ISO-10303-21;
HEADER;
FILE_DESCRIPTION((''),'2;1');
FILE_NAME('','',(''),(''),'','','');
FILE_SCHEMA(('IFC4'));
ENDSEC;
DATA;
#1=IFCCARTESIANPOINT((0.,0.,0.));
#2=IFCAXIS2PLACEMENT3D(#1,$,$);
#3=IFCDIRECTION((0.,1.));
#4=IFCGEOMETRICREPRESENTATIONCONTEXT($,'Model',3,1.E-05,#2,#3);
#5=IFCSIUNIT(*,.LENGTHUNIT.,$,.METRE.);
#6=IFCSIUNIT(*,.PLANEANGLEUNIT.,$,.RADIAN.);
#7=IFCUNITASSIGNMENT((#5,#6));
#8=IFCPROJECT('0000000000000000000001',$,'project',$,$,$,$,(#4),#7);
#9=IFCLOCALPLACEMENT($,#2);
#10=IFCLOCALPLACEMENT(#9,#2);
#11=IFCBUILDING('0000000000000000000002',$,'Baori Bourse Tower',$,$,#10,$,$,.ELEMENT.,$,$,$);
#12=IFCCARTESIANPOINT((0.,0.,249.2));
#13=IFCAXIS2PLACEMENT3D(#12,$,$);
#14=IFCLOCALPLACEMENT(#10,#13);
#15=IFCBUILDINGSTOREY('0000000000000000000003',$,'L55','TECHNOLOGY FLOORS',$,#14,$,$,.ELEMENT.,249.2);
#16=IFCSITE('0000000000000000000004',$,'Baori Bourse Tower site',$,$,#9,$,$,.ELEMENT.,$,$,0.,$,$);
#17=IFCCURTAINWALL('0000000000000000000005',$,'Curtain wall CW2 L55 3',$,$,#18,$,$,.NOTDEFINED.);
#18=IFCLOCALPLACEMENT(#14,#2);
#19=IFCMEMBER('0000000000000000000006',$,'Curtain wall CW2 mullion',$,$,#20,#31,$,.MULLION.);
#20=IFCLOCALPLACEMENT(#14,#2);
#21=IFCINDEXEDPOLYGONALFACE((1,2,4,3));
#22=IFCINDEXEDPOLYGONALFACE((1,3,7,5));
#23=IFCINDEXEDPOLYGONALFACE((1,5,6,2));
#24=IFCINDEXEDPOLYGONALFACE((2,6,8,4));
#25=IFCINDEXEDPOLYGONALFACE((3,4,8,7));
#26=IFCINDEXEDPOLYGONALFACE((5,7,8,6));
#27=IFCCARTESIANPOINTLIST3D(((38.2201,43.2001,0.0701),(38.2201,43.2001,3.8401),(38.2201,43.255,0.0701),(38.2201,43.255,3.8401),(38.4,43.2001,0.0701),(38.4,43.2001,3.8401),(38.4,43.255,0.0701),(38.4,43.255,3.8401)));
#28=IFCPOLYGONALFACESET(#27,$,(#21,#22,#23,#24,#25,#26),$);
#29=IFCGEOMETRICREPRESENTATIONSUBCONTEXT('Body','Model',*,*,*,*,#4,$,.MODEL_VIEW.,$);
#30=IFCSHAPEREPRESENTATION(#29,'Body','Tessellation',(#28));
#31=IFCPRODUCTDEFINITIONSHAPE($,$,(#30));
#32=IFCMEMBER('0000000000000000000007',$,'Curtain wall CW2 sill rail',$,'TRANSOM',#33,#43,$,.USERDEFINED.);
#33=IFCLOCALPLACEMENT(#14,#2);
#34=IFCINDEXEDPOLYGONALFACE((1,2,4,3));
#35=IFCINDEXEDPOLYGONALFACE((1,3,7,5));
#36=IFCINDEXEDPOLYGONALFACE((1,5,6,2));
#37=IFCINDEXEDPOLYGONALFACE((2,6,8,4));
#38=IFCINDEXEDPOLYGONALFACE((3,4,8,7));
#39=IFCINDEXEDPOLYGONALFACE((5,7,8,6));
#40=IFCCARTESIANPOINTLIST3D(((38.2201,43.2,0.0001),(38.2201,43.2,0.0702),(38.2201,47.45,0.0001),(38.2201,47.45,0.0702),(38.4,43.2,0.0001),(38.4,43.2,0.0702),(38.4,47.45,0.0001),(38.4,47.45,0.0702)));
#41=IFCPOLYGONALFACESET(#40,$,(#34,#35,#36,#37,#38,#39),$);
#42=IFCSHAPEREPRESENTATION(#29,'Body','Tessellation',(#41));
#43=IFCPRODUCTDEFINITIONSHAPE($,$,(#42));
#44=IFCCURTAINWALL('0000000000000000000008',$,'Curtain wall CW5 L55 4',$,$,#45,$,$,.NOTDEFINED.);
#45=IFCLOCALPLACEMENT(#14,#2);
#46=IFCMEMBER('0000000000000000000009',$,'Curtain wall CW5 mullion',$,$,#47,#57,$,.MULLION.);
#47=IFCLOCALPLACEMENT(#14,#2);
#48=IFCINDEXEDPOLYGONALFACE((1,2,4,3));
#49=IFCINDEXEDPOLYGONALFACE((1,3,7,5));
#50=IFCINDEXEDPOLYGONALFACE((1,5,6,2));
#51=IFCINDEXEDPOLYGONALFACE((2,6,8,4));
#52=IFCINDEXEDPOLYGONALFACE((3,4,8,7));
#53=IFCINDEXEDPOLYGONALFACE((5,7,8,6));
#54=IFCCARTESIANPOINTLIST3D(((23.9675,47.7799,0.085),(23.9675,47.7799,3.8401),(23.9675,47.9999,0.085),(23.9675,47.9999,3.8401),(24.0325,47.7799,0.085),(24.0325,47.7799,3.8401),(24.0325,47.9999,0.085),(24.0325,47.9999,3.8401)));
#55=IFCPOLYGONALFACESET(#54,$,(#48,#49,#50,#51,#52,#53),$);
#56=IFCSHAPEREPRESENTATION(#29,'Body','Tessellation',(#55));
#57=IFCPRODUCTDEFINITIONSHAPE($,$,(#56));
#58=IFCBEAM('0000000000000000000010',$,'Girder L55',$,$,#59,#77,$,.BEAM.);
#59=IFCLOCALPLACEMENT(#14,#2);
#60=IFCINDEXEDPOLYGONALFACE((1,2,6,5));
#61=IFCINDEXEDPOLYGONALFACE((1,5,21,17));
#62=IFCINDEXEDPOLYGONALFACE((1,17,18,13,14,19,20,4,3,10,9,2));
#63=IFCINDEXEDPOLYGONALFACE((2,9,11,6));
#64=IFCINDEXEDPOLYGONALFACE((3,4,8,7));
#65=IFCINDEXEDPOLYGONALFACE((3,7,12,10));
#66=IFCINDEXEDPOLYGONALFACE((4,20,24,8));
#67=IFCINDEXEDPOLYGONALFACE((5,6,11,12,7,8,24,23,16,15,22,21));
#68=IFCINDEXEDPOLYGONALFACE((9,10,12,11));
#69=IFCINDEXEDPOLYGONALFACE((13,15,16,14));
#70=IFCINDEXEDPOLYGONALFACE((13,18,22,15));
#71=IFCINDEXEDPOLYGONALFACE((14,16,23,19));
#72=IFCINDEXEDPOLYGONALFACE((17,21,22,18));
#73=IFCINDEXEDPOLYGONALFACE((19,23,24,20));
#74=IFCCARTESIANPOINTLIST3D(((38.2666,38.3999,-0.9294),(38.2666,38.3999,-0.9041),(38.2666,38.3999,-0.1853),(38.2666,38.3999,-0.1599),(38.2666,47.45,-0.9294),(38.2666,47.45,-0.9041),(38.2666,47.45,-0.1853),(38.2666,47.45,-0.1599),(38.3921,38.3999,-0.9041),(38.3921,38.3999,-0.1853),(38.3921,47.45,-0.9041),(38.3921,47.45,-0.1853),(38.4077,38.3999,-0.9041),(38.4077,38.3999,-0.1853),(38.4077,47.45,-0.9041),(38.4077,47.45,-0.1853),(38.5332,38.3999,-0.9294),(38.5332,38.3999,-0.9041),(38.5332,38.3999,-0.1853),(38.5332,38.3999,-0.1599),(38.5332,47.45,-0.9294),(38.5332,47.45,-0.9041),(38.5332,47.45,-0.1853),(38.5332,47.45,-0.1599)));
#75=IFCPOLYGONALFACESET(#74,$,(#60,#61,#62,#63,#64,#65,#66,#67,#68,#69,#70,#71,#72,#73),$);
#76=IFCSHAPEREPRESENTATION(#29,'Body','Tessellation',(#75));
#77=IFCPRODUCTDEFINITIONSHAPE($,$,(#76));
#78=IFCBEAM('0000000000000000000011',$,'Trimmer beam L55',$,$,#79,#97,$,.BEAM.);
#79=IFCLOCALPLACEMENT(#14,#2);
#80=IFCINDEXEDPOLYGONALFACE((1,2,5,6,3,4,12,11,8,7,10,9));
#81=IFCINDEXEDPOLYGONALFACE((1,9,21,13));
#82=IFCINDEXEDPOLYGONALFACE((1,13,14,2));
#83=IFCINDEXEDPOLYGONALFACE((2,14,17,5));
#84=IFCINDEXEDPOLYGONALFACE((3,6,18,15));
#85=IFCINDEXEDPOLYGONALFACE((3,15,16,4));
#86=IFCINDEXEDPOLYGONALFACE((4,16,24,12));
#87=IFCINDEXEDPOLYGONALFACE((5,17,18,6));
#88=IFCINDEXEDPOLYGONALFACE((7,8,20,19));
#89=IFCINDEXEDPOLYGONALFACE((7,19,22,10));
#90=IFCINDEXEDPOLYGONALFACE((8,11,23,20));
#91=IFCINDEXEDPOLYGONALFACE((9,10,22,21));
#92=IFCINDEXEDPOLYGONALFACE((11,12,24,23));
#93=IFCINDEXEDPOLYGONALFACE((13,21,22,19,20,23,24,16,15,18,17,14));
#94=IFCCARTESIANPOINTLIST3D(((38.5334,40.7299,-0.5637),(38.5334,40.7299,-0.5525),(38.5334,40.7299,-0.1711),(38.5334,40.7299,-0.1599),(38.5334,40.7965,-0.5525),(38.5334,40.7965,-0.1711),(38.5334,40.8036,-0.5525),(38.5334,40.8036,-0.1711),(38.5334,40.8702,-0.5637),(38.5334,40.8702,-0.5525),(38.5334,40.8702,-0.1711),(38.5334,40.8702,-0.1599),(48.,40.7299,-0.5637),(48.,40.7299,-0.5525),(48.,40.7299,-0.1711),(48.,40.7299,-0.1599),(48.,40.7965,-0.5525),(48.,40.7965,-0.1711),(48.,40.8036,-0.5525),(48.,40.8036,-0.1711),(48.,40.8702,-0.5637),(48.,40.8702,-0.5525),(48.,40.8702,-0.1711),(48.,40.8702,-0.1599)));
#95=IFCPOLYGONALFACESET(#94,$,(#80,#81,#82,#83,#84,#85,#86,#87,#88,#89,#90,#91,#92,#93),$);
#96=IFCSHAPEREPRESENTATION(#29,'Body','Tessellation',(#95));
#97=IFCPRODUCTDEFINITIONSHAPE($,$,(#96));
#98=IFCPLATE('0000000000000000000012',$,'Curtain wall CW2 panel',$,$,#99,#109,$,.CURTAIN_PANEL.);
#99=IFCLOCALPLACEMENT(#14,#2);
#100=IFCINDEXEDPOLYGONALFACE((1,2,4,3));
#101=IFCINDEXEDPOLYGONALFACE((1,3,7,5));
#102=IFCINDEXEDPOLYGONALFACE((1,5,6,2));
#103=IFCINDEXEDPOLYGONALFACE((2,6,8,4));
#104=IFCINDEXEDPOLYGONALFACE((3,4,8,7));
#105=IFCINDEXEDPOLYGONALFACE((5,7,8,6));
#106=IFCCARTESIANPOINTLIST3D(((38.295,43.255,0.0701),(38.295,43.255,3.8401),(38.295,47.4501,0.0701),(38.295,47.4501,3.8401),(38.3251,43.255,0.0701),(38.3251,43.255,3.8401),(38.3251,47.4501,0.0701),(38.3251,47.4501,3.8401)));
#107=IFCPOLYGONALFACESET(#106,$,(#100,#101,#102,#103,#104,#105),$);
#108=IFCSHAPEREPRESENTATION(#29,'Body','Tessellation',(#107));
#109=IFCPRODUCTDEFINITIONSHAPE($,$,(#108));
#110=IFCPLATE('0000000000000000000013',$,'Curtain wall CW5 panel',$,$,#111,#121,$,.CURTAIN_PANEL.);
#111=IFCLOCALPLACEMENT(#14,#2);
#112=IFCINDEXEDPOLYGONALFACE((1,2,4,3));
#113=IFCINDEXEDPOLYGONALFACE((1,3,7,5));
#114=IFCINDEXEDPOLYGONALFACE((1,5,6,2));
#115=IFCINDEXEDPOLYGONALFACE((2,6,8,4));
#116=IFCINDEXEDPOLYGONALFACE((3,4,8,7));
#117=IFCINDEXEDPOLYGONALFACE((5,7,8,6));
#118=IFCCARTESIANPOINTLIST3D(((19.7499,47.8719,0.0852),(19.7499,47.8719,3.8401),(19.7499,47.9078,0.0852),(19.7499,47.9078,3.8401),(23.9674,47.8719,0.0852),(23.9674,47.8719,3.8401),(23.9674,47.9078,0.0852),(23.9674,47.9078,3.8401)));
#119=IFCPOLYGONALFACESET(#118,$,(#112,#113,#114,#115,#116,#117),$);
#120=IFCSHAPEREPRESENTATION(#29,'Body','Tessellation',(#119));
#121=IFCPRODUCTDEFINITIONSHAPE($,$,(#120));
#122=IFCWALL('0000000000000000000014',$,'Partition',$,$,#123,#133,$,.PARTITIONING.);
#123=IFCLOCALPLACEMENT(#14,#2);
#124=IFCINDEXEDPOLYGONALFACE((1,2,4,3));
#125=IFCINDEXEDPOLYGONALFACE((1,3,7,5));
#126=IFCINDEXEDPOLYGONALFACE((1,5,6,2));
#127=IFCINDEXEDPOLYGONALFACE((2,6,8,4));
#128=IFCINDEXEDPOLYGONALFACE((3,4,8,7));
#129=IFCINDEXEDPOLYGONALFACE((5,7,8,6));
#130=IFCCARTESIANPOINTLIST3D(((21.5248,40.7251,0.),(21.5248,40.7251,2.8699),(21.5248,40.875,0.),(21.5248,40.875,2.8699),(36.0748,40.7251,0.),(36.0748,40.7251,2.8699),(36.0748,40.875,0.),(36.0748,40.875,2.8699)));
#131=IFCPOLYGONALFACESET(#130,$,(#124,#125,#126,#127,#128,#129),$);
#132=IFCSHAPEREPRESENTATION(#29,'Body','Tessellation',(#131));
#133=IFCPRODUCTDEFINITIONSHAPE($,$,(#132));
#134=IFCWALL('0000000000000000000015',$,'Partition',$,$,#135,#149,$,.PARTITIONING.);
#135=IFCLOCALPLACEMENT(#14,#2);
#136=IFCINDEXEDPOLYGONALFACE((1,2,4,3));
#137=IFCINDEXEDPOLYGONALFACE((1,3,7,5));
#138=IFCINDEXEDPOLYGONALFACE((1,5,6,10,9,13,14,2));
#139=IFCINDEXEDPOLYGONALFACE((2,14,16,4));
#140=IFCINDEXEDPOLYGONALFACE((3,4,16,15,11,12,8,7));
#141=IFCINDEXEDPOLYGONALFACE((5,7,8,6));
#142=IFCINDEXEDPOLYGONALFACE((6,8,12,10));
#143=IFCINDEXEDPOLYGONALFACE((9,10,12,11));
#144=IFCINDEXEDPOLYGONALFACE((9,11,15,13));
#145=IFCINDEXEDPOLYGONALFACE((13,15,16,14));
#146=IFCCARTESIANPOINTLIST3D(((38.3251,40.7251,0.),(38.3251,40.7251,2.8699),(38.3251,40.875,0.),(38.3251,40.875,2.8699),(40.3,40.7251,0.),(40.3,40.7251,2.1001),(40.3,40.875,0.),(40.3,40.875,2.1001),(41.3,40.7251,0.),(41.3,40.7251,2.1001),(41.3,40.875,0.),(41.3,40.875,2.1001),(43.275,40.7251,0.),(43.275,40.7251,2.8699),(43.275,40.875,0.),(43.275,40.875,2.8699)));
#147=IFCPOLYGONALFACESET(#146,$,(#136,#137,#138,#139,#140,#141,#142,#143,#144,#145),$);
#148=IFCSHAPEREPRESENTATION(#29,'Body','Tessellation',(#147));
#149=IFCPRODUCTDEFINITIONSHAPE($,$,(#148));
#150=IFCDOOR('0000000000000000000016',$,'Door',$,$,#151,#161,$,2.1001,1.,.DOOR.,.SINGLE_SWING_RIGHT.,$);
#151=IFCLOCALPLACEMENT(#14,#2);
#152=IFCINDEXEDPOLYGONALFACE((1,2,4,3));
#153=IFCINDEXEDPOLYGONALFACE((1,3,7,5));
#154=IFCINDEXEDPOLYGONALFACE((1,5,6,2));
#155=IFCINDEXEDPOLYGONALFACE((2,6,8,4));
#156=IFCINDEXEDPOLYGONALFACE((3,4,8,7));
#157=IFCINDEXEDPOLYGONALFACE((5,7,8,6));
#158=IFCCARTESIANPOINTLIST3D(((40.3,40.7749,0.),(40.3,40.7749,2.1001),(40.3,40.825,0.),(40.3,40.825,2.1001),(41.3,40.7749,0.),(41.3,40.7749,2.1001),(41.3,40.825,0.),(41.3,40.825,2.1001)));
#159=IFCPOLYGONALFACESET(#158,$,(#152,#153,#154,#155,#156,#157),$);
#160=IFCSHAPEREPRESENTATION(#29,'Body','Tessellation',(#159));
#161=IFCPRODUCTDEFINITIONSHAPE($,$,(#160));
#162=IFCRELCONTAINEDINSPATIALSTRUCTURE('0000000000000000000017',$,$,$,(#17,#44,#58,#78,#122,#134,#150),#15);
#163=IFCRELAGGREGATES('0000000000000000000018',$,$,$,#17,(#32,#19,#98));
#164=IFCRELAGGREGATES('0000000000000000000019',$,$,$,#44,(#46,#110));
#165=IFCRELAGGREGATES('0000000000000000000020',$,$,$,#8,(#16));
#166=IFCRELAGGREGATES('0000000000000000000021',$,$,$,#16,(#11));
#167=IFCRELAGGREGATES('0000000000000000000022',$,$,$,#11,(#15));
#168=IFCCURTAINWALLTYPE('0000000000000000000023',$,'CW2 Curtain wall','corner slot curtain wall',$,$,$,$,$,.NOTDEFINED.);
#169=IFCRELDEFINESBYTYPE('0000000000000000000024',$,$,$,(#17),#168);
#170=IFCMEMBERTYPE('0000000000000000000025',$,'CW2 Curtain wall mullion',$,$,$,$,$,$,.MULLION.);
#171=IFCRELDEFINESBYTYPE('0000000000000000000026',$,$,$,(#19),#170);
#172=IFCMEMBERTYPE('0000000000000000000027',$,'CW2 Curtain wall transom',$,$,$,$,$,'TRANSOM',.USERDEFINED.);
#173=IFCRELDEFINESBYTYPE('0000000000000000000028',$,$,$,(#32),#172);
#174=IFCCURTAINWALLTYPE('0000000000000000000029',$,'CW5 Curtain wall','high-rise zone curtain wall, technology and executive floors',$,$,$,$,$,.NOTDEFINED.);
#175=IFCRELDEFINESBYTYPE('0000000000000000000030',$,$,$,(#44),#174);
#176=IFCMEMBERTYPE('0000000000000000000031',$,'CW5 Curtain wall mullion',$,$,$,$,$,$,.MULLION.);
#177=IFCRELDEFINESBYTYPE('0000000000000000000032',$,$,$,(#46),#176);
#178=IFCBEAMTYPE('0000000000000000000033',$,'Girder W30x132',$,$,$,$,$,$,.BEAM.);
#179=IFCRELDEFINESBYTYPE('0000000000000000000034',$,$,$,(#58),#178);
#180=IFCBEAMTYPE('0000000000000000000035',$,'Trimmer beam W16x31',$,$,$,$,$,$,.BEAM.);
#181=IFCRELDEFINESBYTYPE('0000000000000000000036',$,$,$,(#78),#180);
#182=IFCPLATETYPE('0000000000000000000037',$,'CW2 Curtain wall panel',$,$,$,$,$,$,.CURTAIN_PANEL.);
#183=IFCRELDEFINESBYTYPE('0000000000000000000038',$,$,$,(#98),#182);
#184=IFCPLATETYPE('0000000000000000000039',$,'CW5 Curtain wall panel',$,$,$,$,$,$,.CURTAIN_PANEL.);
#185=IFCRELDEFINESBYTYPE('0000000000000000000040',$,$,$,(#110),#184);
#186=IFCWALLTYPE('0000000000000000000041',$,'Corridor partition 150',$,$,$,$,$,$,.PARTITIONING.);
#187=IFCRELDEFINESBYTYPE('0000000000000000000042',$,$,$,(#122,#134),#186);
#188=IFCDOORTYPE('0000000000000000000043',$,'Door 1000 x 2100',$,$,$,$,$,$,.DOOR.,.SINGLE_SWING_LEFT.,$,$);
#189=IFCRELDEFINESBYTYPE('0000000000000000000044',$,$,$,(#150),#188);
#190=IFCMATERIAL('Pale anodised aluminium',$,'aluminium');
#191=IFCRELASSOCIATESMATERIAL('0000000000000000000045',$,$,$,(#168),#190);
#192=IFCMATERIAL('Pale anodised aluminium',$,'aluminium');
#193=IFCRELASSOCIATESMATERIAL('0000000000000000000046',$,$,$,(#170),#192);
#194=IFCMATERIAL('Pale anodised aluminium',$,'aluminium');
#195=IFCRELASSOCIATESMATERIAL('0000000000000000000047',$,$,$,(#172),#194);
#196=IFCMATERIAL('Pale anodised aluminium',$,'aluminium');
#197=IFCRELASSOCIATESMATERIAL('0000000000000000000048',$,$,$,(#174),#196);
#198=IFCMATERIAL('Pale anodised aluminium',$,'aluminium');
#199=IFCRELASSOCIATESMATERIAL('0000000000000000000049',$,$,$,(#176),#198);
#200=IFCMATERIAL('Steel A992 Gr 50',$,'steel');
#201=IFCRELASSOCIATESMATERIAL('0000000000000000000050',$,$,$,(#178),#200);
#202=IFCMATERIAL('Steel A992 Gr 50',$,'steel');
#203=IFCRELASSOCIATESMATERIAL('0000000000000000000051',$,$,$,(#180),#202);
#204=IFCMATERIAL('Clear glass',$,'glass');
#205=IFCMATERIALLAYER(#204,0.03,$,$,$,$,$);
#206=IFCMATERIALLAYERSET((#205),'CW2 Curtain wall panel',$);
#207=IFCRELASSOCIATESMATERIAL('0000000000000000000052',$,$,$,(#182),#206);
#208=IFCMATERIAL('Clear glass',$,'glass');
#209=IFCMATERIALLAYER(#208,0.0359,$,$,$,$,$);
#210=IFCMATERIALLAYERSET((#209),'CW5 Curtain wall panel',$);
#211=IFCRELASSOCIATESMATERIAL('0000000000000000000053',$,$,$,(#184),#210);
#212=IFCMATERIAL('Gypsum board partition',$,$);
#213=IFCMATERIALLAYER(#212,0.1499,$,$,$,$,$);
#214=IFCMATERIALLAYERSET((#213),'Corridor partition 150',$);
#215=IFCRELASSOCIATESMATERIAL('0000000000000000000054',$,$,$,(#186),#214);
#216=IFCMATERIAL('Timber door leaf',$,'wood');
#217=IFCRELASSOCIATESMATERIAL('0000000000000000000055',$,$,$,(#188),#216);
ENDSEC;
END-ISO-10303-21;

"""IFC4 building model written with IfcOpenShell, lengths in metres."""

from ifc_helpers import new_model, si_unit, direction, frame, frame_2d, origin, origin_2d, place, context, subcontext, project, spatial, rectangle, i_section, extrude, material, layer, layer_set, material_profile, profile_set, type_object, element, fill, aggregate, save


model = new_model("IFC4")

# Units and contexts
model_context = context("Model", 3, precision=1e-05, world=origin(), true_north=direction((0.0, 1.0)))
body_context = subcontext(model_context, "Body", "Model", "MODEL_VIEW")
ifc_project = project(units=[si_unit("LENGTHUNIT", "METRE"), si_unit("PLANEANGLEUNIT", "RADIAN")], contexts=[model_context])

# Site, building, storey
site_placement = place(None, origin())
site = spatial("IfcSite", under=ifc_project, at=site_placement, Name="Baori Bourse Tower site", CompositionType="ELEMENT", RefElevation=0.0)
building_placement = place(site_placement, origin())
building = spatial("IfcBuilding", under=site, at=building_placement, Name="Baori Bourse Tower", CompositionType="ELEMENT")
storey_placement = place(building_placement, frame((0.0, 0.0, 249.2)))
storey = spatial("IfcBuildingStorey", under=building, at=storey_placement, Name="L55", Description="TECHNOLOGY FLOORS", CompositionType="ELEMENT", Elevation=249.2)

# Curtain wall, members
ifc_material_1 = material(Name="Pale anodised aluminium", Category="aluminium")
curtain_wall_type_1 = type_object("IfcCurtainWallType", Name="CW2 Curtain wall", Description="corner slot curtain wall", PredefinedType="NOTDEFINED", material=ifc_material_1)
curtain_wall_1_placement = place(storey_placement, origin())
curtain_wall_1 = element("IfcCurtainWall", 1, at=curtain_wall_1_placement, inside=storey, type_object=curtain_wall_type_1, Name="Curtain wall CW2 L55 3", PredefinedType="NOTDEFINED")
ifc_material_2 = material(Name="Pale anodised aluminium", Category="aluminium")
ifc_material_profile_1 = material_profile(ifc_material_2, rectangle(XDim=0.1799, YDim=0.0549, at=origin_2d()), Name="Mullion 55x180")
ifc_profile_set_1 = profile_set([ifc_material_profile_1], Name="Pale anodised aluminium")
member_type_1 = type_object("IfcMemberType", Name="CW2 Curtain wall mullion", PredefinedType="MULLION", material=ifc_profile_set_1)
member_1_placement = place(storey_placement, frame((38.3101, 43.2275, 0.0701), z_axis=(0.0, 0.0, 1.0), x_axis=(-1.0, 0.0, 0.0)))
member_1 = element("IfcMember", 2, at=member_1_placement, type_object=member_type_1, Name="Curtain wall CW2 mullion", PredefinedType="MULLION", context=body_context, shape_type="SweptSolid", body=[
    extrude(rectangle(XDim=0.1799, YDim=0.0549, at=origin_2d()), origin(), (0.0, 0.0, 1.0), 3.77),
])
ifc_material_3 = material(Name="Pale anodised aluminium", Category="aluminium")
ifc_material_profile_2 = material_profile(ifc_material_3, rectangle(XDim=0.1799, YDim=0.0701, at=origin_2d()), Name="Transom 70x180")
ifc_profile_set_2 = profile_set([ifc_material_profile_2], Name="Pale anodised aluminium")
member_type_2 = type_object("IfcMemberType", Name="CW2 Curtain wall transom", ElementType="TRANSOM", PredefinedType="USERDEFINED", material=ifc_profile_set_2)
member_2_placement = place(storey_placement, frame((38.3101, 43.2, 0.0352), z_axis=(0.0, 1.0, 0.0), x_axis=(-1.0, 0.0, 0.0)))
member_2 = element("IfcMember", 3, at=member_2_placement, type_object=member_type_2, Name="Curtain wall CW2 sill rail", ObjectType="TRANSOM", PredefinedType="USERDEFINED", context=body_context, shape_type="SweptSolid", body=[
    extrude(rectangle(XDim=0.1799, YDim=0.0701, at=origin_2d()), origin(), (0.0, 0.0, 1.0), 4.25),
])

# Curtain wall, member
ifc_material_4 = material(Name="Pale anodised aluminium", Category="aluminium")
curtain_wall_type_2 = type_object("IfcCurtainWallType", Name="CW5 Curtain wall", Description="high-rise zone curtain wall, technology and executive floors", PredefinedType="NOTDEFINED", material=ifc_material_4)
curtain_wall_2_placement = place(storey_placement, origin())
curtain_wall_2 = element("IfcCurtainWall", 4, at=curtain_wall_2_placement, inside=storey, type_object=curtain_wall_type_2, Name="Curtain wall CW5 L55 4", PredefinedType="NOTDEFINED")
ifc_material_5 = material(Name="Pale anodised aluminium", Category="aluminium")
ifc_material_profile_3 = material_profile(ifc_material_5, rectangle(XDim=0.22, YDim=0.0649, at=origin_2d()), Name="Mullion 65x220")
ifc_profile_set_3 = profile_set([ifc_material_profile_3], Name="Pale anodised aluminium")
member_type_3 = type_object("IfcMemberType", Name="CW5 Curtain wall mullion", PredefinedType="MULLION", material=ifc_profile_set_3)
member_3_placement = place(storey_placement, frame((24.0, 47.8899, 0.085), z_axis=(0.0, 0.0, 1.0), x_axis=(0.0, -1.0, 0.0)))
member_3 = element("IfcMember", 5, at=member_3_placement, type_object=member_type_3, Name="Curtain wall CW5 mullion", PredefinedType="MULLION", context=body_context, shape_type="SweptSolid", body=[
    extrude(rectangle(XDim=0.22, YDim=0.0649, at=origin_2d()), origin(), (0.0, 0.0, 1.0), 3.7551),
])

# Beams
ifc_material_6 = material(Name="Steel A992 Gr 50", Category="steel")
ifc_material_profile_4 = material_profile(ifc_material_6, i_section(OverallWidth=0.2666, OverallDepth=0.7695, WebThickness=0.0156, FlangeThickness=0.0254, at=origin_2d()), Name="W30x132")
ifc_profile_set_4 = profile_set([ifc_material_profile_4], Name="Steel A992 Gr 50")
beam_type_1 = type_object("IfcBeamType", Name="Girder W30x132", PredefinedType="BEAM", material=ifc_profile_set_4)
beam_1_placement = place(storey_placement, frame((38.3999, 38.3999, -0.5447), z_axis=(0.0, 1.0, 0.0), x_axis=(-1.0, 0.0, 0.0)))
element("IfcBeam", 6, at=beam_1_placement, inside=storey, type_object=beam_type_1, Name="Girder L55", PredefinedType="BEAM", context=body_context, shape_type="SweptSolid", body=[
    extrude(i_section(OverallWidth=0.2666, OverallDepth=0.7695, WebThickness=0.0156, FlangeThickness=0.0254, at=origin_2d()), origin(), (0.0, 0.0, 1.0), 9.05),
])
ifc_material_7 = material(Name="Steel A992 Gr 50", Category="steel")
ifc_material_profile_5 = material_profile(ifc_material_7, i_section(OverallWidth=0.1404, OverallDepth=0.4038, WebThickness=0.0071, FlangeThickness=0.0112, at=origin_2d()), Name="W16x31")
ifc_profile_set_5 = profile_set([ifc_material_profile_5], Name="Steel A992 Gr 50")
beam_type_2 = type_object("IfcBeamType", Name="Trimmer beam W16x31", PredefinedType="BEAM", material=ifc_profile_set_5)
beam_2_placement = place(storey_placement, frame((38.5334, 40.8, -0.3618), z_axis=(1.0, 0.0, 0.0), x_axis=(0.0, 1.0, 0.0)))
element("IfcBeam", 7, at=beam_2_placement, inside=storey, type_object=beam_type_2, Name="Trimmer beam L55", PredefinedType="BEAM", context=body_context, shape_type="SweptSolid", body=[
    extrude(i_section(OverallWidth=0.1404, OverallDepth=0.4038, WebThickness=0.0071, FlangeThickness=0.0112, at=origin_2d()), origin(), (0.0, 0.0, 1.0), 9.4666),
])

# Plates
ifc_material_8 = material(Name="Clear glass", Category="glass")
ifc_layer_1 = layer(ifc_material_8, 0.03)
ifc_layer_set_1 = layer_set([ifc_layer_1], Name="CW2 Curtain wall panel")
plate_type_1 = type_object("IfcPlateType", Name="CW2 Curtain wall panel", PredefinedType="CURTAIN_PANEL", material=ifc_layer_set_1)
plate_1_placement = place(storey_placement, frame((38.3101, 45.3525, 0.0701), z_axis=(0.0, 0.0, 1.0), x_axis=(0.0, 1.0, 0.0)))
plate_1 = element("IfcPlate", 8, at=plate_1_placement, type_object=plate_type_1, Name="Curtain wall CW2 panel", PredefinedType="CURTAIN_PANEL", context=body_context, shape_type="SweptSolid", body=[
    extrude(rectangle(XDim=4.1951, YDim=0.03, at=origin_2d()), origin(), (0.0, 0.0, 1.0), 3.77),
])
aggregate(curtain_wall_1, [member_2, member_1, plate_1])
ifc_material_9 = material(Name="Clear glass", Category="glass")
ifc_layer_2 = layer(ifc_material_9, 0.0359)
ifc_layer_set_2 = layer_set([ifc_layer_2], Name="CW5 Curtain wall panel")
plate_type_2 = type_object("IfcPlateType", Name="CW5 Curtain wall panel", PredefinedType="CURTAIN_PANEL", material=ifc_layer_set_2)
plate_2_placement = place(storey_placement, frame((21.8586, 47.8899, 0.0852), z_axis=(0.0, 0.0, 1.0), x_axis=(-1.0, 0.0, 0.0)))
plate_2 = element("IfcPlate", 9, at=plate_2_placement, type_object=plate_type_2, Name="Curtain wall CW5 panel", PredefinedType="CURTAIN_PANEL", context=body_context, shape_type="SweptSolid", body=[
    extrude(rectangle(XDim=4.2175, YDim=0.0359, at=origin_2d()), origin(), (0.0, 0.0, 1.0), 3.7549),
])
aggregate(curtain_wall_2, [member_3, plate_2])

# Wall
ifc_material_10 = material(Name="Gypsum board partition")
ifc_layer_3 = layer(ifc_material_10, 0.1499)
ifc_layer_set_3 = layer_set([ifc_layer_3], Name="Corridor partition 150")
wall_type_1 = type_object("IfcWallType", Name="Corridor partition 150", PredefinedType="PARTITIONING", material=ifc_layer_set_3)
wall_1_placement = place(storey_placement, frame((21.5249, 40.8, 0.0), z_axis=(0.0, 0.0, 1.0), x_axis=(1.0, 0.0, 0.0)))
element("IfcWall", 10, at=wall_1_placement, inside=storey, type_object=wall_type_1, Name="Partition", PredefinedType="PARTITIONING", context=body_context, shape_type="SweptSolid", body=[
    extrude(rectangle(XDim=14.55, YDim=0.1499, at=frame_2d((7.2749, 0.0))), origin(), (0.0, 0.0, 1.0), 2.8699),
])

# Wall, opening, door
wall_2_placement = place(storey_placement, frame((38.325, 40.8, 0.0), z_axis=(0.0, 0.0, 1.0), x_axis=(1.0, 0.0, 0.0)))
wall_2 = element("IfcWall", 11, at=wall_2_placement, inside=storey, type_object=wall_type_1, Name="Partition", PredefinedType="PARTITIONING", context=body_context, shape_type="SweptSolid", body=[
    extrude(rectangle(XDim=4.95, YDim=0.1499, at=frame_2d((2.4751, 0.0))), origin(), (0.0, 0.0, 1.0), 2.8699),
])
opening_1_placement = place(wall_2_placement, frame((1.9751, 0.0, 0.0)))
opening_1 = element("IfcOpeningElement", 12, at=opening_1_placement, cuts=wall_2, PredefinedType="OPENING", context=body_context, shape_type="SweptSolid", body=[
    extrude(rectangle(XDim=1.0, YDim=2.1001, at=frame_2d((0.5, 1.05))), frame((0.0, 0.085, 0.0), z_axis=(0.0, -1.0, 0.0), x_axis=(1.0, 0.0, 0.0)), (0.0, 0.0, 1.0), 0.1699),
])
ifc_material_11 = material(Name="Timber door leaf", Category="wood")
door_type_1 = type_object("IfcDoorType", Name="Door 1000 x 2100", OperationType="SINGLE_SWING_LEFT", PredefinedType="DOOR", material=ifc_material_11)
door_1_placement = place(opening_1_placement, origin())
door_1 = element("IfcDoor", 13, at=door_1_placement, inside=storey, type_object=door_type_1, Name="Door", OperationType="SINGLE_SWING_RIGHT", OverallHeight=2.1001, OverallWidth=1.0, PredefinedType="DOOR", context=body_context, shape_type="SweptSolid", body=[
    extrude(rectangle(XDim=1.0, YDim=2.1001, at=frame_2d((0.5, 1.05))), frame((0.0, 0.0249, 0.0), z_axis=(0.0, -1.0, 0.0), x_axis=(1.0, 0.0, 0.0)), (0.0, 0.0, 1.0), 0.05),
])
fill(opening_1, door_1)

save(model, "model.ifc")
